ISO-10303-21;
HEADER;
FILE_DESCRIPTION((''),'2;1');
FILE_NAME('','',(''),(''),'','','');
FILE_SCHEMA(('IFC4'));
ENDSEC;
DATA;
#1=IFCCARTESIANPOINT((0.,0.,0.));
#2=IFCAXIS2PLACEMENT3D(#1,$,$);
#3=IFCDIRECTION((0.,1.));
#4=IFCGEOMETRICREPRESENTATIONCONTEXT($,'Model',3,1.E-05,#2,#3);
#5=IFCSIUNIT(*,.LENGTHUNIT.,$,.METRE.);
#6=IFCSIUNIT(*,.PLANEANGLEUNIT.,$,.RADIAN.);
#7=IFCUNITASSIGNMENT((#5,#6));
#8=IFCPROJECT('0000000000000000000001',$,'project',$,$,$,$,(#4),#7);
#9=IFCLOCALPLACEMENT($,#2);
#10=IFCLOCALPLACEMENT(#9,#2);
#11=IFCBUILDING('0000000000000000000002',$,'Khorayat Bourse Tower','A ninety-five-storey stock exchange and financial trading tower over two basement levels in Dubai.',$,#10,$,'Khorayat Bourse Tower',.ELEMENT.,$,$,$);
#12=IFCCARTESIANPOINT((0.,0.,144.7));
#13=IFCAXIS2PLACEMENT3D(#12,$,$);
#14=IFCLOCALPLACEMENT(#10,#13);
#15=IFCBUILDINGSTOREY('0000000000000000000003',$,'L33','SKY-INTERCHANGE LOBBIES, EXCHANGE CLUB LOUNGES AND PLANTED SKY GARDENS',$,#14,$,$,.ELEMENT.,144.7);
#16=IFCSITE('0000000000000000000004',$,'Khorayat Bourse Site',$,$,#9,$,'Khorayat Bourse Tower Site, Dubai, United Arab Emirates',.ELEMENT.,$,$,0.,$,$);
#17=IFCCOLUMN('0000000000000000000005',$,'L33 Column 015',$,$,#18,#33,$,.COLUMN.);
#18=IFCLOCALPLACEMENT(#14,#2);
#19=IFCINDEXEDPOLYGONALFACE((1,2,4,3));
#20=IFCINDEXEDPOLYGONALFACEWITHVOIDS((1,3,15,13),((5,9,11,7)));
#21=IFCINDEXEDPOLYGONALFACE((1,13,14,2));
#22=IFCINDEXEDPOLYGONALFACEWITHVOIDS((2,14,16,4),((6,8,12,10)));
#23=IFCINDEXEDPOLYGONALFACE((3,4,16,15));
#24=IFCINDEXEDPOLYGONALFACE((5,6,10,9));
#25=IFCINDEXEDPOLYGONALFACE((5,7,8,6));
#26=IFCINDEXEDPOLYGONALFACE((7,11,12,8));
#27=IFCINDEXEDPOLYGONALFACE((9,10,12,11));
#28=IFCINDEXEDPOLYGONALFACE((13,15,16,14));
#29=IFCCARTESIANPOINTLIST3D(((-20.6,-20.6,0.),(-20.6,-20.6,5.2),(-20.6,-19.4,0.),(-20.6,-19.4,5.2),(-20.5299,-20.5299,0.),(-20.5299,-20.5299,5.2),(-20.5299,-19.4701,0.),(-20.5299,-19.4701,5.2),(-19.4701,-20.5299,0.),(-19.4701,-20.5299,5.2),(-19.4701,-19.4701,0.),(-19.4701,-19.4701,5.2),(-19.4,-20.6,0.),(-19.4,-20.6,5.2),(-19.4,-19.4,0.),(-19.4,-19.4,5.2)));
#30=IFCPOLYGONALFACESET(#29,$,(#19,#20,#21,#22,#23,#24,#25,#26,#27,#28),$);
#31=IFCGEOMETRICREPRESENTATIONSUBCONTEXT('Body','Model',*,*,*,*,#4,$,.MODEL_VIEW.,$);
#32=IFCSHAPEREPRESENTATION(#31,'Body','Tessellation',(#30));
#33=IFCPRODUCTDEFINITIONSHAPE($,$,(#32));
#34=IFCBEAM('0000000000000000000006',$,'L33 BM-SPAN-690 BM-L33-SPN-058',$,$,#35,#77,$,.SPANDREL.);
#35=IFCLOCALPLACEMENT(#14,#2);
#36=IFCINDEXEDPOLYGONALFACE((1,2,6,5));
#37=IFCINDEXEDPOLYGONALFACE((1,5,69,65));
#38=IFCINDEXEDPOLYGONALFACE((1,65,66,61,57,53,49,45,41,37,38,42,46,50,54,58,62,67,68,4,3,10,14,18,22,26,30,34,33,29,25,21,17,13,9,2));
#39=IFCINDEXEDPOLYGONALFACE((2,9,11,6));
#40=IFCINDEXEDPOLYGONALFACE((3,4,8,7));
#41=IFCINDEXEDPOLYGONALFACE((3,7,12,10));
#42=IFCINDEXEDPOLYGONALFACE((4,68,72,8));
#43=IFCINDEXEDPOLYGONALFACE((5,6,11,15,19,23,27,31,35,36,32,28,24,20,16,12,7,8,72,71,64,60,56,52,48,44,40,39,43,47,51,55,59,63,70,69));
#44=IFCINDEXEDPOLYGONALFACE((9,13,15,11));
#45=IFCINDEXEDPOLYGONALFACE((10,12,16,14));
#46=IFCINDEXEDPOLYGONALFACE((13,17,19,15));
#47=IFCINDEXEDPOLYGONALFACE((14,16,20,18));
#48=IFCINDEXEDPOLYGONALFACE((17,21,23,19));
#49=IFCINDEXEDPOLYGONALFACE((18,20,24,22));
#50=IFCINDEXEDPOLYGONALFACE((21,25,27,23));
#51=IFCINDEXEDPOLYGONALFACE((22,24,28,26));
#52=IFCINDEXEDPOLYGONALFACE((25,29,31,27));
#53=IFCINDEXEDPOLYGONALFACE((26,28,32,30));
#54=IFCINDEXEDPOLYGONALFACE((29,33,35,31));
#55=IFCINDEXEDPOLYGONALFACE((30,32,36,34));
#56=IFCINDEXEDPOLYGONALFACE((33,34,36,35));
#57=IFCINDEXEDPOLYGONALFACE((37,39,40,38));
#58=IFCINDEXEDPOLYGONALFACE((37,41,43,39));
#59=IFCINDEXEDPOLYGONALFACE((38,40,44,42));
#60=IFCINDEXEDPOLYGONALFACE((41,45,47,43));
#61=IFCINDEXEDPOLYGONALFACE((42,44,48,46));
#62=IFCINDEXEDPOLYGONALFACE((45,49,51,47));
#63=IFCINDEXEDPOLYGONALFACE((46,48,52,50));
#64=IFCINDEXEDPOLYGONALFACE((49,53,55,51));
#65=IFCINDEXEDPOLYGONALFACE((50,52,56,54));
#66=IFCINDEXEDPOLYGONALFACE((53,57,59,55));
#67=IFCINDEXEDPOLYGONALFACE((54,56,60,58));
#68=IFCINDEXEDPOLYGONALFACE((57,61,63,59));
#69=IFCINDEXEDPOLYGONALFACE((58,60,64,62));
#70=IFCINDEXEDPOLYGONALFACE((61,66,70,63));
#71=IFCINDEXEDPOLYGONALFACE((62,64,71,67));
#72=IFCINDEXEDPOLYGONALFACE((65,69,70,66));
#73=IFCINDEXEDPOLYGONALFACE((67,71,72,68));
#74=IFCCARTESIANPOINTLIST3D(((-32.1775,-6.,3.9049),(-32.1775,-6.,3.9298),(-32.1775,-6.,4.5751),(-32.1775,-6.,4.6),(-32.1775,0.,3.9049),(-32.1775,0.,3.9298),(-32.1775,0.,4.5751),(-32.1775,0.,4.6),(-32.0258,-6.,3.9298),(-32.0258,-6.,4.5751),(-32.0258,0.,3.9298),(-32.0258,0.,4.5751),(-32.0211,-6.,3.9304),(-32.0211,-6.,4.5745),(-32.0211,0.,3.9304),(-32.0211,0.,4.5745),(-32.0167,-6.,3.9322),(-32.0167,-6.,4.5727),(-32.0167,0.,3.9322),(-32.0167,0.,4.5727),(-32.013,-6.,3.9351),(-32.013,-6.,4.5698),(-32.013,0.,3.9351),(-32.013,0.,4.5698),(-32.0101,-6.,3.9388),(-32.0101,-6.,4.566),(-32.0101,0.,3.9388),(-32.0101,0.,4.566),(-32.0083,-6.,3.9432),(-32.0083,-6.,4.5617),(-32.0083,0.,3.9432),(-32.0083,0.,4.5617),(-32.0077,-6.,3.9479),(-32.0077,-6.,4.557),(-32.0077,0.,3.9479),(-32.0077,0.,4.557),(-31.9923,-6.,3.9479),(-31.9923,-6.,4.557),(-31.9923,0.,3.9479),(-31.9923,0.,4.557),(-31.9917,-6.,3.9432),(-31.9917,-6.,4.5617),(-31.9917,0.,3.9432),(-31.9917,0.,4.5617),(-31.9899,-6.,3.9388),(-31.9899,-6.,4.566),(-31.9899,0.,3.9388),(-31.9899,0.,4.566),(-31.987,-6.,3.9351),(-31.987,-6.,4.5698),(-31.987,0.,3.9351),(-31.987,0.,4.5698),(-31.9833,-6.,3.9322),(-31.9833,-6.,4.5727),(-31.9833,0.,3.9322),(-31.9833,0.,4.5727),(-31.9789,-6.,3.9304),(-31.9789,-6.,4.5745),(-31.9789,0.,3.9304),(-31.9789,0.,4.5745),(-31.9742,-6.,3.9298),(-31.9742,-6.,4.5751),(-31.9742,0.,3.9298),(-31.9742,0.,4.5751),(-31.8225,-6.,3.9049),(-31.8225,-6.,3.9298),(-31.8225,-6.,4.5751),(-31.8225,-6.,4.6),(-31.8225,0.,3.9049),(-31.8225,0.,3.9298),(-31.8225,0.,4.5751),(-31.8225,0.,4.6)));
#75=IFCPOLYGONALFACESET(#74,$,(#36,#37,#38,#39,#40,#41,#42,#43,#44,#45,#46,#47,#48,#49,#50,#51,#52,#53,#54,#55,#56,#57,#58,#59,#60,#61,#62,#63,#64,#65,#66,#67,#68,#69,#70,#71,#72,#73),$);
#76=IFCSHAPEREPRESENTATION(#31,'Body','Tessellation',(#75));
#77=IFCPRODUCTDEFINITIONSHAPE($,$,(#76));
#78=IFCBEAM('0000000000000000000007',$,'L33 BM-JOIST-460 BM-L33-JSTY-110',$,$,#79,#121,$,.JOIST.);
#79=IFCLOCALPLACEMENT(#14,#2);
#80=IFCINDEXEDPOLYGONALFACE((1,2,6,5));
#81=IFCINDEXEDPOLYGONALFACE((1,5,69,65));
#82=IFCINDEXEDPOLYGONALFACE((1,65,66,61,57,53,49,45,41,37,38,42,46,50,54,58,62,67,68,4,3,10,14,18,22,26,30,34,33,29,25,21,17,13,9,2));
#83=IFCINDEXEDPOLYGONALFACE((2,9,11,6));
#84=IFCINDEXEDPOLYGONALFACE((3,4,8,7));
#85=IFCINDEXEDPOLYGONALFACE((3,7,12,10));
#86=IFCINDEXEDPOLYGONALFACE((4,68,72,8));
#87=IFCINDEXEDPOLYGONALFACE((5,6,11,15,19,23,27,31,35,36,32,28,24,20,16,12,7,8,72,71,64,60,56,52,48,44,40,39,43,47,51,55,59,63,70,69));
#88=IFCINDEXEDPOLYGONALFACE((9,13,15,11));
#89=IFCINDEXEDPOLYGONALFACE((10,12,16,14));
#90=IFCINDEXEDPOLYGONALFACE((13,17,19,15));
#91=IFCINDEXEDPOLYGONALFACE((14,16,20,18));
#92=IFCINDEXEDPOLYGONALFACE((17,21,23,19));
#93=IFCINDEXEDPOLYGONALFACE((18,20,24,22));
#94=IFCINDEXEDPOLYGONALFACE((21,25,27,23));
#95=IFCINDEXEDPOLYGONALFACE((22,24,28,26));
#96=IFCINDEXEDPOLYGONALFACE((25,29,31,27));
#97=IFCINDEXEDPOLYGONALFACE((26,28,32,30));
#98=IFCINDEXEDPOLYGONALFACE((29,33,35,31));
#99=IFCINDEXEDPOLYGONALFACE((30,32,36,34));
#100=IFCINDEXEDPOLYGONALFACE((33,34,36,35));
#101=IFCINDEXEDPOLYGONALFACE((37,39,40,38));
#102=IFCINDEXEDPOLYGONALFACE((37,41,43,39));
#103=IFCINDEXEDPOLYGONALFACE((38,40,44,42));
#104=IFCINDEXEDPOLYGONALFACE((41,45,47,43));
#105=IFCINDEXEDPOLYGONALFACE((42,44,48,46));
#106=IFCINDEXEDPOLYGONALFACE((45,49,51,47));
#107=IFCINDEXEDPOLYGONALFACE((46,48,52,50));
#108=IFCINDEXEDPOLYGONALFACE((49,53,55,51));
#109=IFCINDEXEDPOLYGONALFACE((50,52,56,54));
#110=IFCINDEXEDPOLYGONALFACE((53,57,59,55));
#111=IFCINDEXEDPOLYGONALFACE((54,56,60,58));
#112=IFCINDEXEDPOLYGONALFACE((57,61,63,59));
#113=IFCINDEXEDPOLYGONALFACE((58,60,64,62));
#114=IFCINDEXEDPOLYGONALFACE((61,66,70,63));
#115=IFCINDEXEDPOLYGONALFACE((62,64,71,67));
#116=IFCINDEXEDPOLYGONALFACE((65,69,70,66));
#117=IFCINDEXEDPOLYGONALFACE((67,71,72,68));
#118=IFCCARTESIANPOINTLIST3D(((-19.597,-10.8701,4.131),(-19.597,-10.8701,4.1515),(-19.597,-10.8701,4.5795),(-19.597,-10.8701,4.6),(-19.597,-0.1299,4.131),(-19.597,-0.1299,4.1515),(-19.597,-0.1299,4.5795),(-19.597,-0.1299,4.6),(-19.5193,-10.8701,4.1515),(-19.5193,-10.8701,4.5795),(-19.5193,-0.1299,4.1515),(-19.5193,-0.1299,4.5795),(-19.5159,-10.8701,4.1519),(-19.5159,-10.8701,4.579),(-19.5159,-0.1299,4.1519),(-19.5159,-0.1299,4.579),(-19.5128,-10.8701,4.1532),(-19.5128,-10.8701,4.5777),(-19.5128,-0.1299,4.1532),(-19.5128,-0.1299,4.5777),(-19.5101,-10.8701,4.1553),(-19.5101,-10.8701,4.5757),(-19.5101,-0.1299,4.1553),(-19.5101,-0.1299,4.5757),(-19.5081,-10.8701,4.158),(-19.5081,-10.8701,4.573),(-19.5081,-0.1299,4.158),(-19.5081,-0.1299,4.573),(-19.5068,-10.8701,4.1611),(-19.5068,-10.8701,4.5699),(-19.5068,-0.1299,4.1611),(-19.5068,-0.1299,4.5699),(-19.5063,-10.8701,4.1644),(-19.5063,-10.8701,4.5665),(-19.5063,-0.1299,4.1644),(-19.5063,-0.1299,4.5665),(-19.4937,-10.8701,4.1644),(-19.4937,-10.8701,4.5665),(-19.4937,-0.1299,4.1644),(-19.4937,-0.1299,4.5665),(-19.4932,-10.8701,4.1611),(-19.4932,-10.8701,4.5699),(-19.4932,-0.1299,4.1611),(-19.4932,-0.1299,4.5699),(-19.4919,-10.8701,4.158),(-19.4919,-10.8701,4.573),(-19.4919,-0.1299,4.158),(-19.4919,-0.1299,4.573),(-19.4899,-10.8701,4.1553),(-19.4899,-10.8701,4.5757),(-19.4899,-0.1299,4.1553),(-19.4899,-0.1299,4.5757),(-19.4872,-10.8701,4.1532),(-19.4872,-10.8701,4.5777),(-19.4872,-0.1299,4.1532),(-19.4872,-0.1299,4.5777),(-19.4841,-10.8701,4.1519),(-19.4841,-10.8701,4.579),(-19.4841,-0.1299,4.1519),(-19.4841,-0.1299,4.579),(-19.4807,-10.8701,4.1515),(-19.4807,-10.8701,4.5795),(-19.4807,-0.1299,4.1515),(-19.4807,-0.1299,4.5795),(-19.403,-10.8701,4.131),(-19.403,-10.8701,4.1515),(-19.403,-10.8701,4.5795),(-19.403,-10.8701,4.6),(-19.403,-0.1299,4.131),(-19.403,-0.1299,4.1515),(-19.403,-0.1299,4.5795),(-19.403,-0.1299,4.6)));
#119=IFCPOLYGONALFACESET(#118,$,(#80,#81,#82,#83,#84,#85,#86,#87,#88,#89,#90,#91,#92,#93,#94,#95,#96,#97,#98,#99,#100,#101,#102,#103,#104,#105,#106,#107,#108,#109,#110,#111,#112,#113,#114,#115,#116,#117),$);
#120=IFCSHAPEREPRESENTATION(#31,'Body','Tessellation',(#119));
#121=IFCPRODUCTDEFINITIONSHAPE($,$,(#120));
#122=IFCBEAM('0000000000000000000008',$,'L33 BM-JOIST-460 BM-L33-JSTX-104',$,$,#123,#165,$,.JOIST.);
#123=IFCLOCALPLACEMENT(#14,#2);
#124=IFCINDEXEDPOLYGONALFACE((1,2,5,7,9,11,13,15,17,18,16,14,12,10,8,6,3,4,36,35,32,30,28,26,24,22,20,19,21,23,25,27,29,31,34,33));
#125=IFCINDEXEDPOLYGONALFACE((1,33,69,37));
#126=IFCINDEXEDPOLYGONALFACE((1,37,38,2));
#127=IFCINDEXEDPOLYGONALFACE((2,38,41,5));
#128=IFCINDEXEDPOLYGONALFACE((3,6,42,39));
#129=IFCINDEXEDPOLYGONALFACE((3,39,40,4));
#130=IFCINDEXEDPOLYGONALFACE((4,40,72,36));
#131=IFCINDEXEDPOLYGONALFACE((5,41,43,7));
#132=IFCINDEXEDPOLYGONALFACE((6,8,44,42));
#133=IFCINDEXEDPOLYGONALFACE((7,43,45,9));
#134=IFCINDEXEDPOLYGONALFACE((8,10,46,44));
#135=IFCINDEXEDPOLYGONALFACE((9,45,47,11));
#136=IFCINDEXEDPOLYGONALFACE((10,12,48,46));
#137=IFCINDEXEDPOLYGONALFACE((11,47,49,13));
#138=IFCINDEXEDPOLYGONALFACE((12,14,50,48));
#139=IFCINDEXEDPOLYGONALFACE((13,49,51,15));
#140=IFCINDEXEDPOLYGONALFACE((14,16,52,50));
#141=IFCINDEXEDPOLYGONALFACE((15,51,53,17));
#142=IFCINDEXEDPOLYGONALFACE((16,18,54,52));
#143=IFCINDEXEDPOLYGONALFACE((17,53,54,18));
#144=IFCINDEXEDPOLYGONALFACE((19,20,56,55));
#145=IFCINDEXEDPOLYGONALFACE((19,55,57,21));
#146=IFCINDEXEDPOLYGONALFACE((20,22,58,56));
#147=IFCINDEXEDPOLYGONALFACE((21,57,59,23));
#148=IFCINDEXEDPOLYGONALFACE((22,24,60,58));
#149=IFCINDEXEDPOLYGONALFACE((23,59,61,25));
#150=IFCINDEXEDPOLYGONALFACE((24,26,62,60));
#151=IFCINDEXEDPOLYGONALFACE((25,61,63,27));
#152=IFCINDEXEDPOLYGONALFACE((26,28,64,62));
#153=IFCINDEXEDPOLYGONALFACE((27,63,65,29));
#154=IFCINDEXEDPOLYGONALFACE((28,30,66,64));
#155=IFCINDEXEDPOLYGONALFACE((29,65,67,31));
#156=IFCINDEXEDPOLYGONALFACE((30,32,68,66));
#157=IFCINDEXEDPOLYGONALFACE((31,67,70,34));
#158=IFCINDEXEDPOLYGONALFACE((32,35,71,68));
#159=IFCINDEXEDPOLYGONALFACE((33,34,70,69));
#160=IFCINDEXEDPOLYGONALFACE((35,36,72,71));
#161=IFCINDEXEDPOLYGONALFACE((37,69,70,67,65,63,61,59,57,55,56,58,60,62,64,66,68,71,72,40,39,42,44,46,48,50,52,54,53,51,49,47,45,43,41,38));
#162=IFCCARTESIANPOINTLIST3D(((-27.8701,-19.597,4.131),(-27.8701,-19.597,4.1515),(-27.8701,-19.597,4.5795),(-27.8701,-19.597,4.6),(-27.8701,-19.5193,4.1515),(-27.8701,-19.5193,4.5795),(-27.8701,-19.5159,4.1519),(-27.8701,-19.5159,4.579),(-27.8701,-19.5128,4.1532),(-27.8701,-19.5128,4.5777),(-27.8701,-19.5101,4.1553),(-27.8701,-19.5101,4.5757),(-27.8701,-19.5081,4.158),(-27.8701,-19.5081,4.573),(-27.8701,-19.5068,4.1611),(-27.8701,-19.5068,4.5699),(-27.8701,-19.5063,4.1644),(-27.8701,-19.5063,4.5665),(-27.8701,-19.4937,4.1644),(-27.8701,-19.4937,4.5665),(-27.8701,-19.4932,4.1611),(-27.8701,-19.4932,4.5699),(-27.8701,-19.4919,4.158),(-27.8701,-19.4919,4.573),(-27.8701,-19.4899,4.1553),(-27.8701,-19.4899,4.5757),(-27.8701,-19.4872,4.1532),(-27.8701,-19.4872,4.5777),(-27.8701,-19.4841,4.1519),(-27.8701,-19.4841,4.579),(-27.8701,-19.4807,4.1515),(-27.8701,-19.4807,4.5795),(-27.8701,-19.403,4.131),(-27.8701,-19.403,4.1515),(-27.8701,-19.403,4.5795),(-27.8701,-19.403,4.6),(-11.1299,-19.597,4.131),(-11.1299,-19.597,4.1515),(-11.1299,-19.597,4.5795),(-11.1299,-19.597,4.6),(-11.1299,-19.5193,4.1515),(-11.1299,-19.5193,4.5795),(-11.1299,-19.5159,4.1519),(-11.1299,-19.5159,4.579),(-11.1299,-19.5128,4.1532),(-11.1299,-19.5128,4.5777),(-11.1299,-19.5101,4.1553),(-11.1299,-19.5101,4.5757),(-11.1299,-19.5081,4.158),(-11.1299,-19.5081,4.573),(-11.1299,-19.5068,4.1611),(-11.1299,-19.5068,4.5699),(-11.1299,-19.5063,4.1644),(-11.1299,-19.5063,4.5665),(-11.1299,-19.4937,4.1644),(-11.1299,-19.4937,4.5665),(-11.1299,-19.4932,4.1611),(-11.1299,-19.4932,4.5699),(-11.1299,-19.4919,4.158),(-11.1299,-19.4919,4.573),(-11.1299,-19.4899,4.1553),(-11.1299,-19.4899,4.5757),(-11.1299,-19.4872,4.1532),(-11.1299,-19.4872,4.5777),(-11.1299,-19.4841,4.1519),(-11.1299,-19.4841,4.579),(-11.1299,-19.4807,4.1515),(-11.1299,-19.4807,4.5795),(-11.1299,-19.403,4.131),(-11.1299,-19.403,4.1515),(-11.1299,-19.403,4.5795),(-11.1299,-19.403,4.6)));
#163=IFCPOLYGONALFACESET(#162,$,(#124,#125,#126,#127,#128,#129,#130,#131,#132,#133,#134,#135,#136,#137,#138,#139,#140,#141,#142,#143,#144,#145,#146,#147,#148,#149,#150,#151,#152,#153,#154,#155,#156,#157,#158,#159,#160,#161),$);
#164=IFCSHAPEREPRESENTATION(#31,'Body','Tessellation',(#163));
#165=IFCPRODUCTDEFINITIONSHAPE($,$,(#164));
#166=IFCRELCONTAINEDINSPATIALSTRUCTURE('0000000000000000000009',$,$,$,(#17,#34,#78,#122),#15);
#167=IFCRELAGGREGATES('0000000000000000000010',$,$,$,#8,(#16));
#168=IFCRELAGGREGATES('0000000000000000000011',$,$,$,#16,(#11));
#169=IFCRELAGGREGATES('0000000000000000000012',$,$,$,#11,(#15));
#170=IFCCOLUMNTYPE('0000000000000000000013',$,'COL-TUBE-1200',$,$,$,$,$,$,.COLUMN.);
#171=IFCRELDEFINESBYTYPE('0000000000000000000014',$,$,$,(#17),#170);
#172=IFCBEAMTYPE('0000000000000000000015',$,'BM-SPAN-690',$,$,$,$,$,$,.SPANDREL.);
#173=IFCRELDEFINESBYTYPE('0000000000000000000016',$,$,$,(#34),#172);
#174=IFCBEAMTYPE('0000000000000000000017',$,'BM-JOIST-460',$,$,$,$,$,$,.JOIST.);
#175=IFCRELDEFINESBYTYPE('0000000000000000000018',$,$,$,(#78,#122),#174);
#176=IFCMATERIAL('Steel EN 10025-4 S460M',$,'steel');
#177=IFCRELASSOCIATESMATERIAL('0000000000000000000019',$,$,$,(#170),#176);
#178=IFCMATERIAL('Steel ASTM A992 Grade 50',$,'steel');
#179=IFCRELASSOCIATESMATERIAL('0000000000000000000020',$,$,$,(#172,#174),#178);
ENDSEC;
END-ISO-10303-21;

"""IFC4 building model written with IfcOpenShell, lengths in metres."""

from ifc_helpers import new_model, si_unit, direction, frame, origin, origin_2d, place, context, subcontext, project, spatial, hollow_rectangle, i_section, extrude, source, transform, mapped, material, material_profile, profile_set, type_object, element, save


model = new_model("IFC4")

# Units and contexts
model_context = context("Model", 3, precision=1e-05, world=origin(), true_north=direction((0.0, 1.0)))
body_context = subcontext(model_context, "Body", "Model", "MODEL_VIEW")
ifc_project = project(units=[si_unit("LENGTHUNIT", "METRE"), si_unit("PLANEANGLEUNIT", "RADIAN")], contexts=[model_context])

# Site, building, storey
site_placement = place(None, origin())
site = spatial("IfcSite", under=ifc_project, at=site_placement, Name="Khorayat Bourse Site", LongName="Khorayat Bourse Tower Site, Dubai, United Arab Emirates", CompositionType="ELEMENT", RefElevation=0.0)
building_placement = place(site_placement, origin())
building = spatial("IfcBuilding", under=site, at=building_placement, Name="Khorayat Bourse Tower", Description="A ninety-five-storey stock exchange and financial trading tower over two basement levels in Dubai.", LongName="Khorayat Bourse Tower", CompositionType="ELEMENT")
storey_placement = place(building_placement, frame((0.0, 0.0, 144.7)))
storey = spatial("IfcBuildingStorey", under=building, at=storey_placement, Name="L33", Description="SKY-INTERCHANGE LOBBIES, EXCHANGE CLUB LOUNGES AND PLANTED SKY GARDENS", CompositionType="ELEMENT", Elevation=144.7)

# Column
ifc_material_1 = material(Name="Steel EN 10025-4 S460M", Category="steel")
ifc_material_profile_1 = material_profile(ifc_material_1, hollow_rectangle(XDim=1.2, YDim=1.2, WallThickness=0.0701, at=origin_2d()), Name="BOX 1200x1200x70")
ifc_profile_set_1 = profile_set([ifc_material_profile_1], Name="Steel EN 10025-4 S460M")
column_type = type_object("IfcColumnType", Name="COL-TUBE-1200", PredefinedType="COLUMN", material=ifc_profile_set_1)
shared_shape_1 = source(origin(), body_context, "Body", "SweptSolid", [
    extrude(hollow_rectangle(XDim=1.2, YDim=1.2, WallThickness=0.0701, at=origin_2d()), origin(), (0.0, 0.0, 1.0), 5.2),
])
column_placement = place(storey_placement, frame((-20.0, -20.0, 0.0), z_axis=(0.0, 0.0, 1.0), x_axis=(1.0, 0.0, 0.0)))
element("IfcColumn", 1, at=column_placement, inside=storey, type_object=column_type, Name="L33 Column 015", PredefinedType="COLUMN", context=body_context, shape_type="MappedRepresentation", body=[
    mapped(shared_shape_1, transform((0.0, 0.0, 0.0), scale=1.0)),
])

# Beams
ifc_material_2 = material(Name="Steel ASTM A992 Grade 50", Category="steel")
ifc_material_profile_2 = material_profile(ifc_material_2, i_section(OverallWidth=0.355, OverallDepth=0.6951, WebThickness=0.0154, FlangeThickness=0.0249, FilletRadius=0.0181, at=origin_2d()), Name="W690X217")
ifc_profile_set_2 = profile_set([ifc_material_profile_2], Name="Steel ASTM A992 Grade 50")
beam_type_1 = type_object("IfcBeamType", Name="BM-SPAN-690", PredefinedType="SPANDREL", material=ifc_profile_set_2)
shared_shape_2 = source(origin(), body_context, "Body", "SweptSolid", [
    extrude(i_section(OverallWidth=0.355, OverallDepth=0.6951, WebThickness=0.0154, FlangeThickness=0.0249, FilletRadius=0.0181, at=origin_2d()), origin(), (0.0, 0.0, 1.0), 6.0),
])
beam_1_placement = place(storey_placement, frame((-32.0, -6.0, 4.2524), z_axis=(0.0, 1.0, 0.0), x_axis=(-1.0, 0.0, 0.0)))
element("IfcBeam", 2, at=beam_1_placement, inside=storey, type_object=beam_type_1, Name="L33 BM-SPAN-690 BM-L33-SPN-058", PredefinedType="SPANDREL", context=body_context, shape_type="MappedRepresentation", body=[
    mapped(shared_shape_2, transform((0.0, 0.0, 0.0), scale=1.0)),
])
ifc_material_profile_3 = material_profile(ifc_material_2, i_section(OverallWidth=0.1941, OverallDepth=0.469, WebThickness=0.0127, FlangeThickness=0.0205, FilletRadius=0.0129, at=origin_2d()), Name="W460X106")
ifc_profile_set_3 = profile_set([ifc_material_profile_3], Name="Steel ASTM A992 Grade 50")
beam_type_2 = type_object("IfcBeamType", Name="BM-JOIST-460", PredefinedType="JOIST", material=ifc_profile_set_3)
shared_shape_3 = source(origin(), body_context, "Body", "SweptSolid", [
    extrude(i_section(OverallWidth=0.1941, OverallDepth=0.469, WebThickness=0.0127, FlangeThickness=0.0205, FilletRadius=0.0129, at=origin_2d()), origin(), (0.0, 0.0, 1.0), 10.7402),
])
beam_2_placement = place(storey_placement, frame((-19.5, -10.8701, 4.3655), z_axis=(0.0, 1.0, 0.0), x_axis=(-1.0, 0.0, 0.0)))
element("IfcBeam", 3, at=beam_2_placement, inside=storey, type_object=beam_type_2, Name="L33 BM-JOIST-460 BM-L33-JSTY-110", PredefinedType="JOIST", context=body_context, shape_type="MappedRepresentation", body=[
    mapped(shared_shape_3, transform((0.0, 0.0, 0.0), scale=1.0)),
])
shared_shape_4 = source(origin(), body_context, "Body", "SweptSolid", [
    extrude(i_section(OverallWidth=0.1941, OverallDepth=0.469, WebThickness=0.0127, FlangeThickness=0.0205, FilletRadius=0.0129, at=origin_2d()), origin(), (0.0, 0.0, 1.0), 16.7402),
])
beam_3_placement = place(storey_placement, frame((-27.8701, -19.5, 4.3655), z_axis=(1.0, 0.0, 0.0), x_axis=(0.0, 1.0, 0.0)))
element("IfcBeam", 4, at=beam_3_placement, inside=storey, type_object=beam_type_2, Name="L33 BM-JOIST-460 BM-L33-JSTX-104", PredefinedType="JOIST", context=body_context, shape_type="MappedRepresentation", body=[
    mapped(shared_shape_4, transform((0.0, 0.0, 0.0), scale=1.0)),
])

save(model, "model.ifc")
